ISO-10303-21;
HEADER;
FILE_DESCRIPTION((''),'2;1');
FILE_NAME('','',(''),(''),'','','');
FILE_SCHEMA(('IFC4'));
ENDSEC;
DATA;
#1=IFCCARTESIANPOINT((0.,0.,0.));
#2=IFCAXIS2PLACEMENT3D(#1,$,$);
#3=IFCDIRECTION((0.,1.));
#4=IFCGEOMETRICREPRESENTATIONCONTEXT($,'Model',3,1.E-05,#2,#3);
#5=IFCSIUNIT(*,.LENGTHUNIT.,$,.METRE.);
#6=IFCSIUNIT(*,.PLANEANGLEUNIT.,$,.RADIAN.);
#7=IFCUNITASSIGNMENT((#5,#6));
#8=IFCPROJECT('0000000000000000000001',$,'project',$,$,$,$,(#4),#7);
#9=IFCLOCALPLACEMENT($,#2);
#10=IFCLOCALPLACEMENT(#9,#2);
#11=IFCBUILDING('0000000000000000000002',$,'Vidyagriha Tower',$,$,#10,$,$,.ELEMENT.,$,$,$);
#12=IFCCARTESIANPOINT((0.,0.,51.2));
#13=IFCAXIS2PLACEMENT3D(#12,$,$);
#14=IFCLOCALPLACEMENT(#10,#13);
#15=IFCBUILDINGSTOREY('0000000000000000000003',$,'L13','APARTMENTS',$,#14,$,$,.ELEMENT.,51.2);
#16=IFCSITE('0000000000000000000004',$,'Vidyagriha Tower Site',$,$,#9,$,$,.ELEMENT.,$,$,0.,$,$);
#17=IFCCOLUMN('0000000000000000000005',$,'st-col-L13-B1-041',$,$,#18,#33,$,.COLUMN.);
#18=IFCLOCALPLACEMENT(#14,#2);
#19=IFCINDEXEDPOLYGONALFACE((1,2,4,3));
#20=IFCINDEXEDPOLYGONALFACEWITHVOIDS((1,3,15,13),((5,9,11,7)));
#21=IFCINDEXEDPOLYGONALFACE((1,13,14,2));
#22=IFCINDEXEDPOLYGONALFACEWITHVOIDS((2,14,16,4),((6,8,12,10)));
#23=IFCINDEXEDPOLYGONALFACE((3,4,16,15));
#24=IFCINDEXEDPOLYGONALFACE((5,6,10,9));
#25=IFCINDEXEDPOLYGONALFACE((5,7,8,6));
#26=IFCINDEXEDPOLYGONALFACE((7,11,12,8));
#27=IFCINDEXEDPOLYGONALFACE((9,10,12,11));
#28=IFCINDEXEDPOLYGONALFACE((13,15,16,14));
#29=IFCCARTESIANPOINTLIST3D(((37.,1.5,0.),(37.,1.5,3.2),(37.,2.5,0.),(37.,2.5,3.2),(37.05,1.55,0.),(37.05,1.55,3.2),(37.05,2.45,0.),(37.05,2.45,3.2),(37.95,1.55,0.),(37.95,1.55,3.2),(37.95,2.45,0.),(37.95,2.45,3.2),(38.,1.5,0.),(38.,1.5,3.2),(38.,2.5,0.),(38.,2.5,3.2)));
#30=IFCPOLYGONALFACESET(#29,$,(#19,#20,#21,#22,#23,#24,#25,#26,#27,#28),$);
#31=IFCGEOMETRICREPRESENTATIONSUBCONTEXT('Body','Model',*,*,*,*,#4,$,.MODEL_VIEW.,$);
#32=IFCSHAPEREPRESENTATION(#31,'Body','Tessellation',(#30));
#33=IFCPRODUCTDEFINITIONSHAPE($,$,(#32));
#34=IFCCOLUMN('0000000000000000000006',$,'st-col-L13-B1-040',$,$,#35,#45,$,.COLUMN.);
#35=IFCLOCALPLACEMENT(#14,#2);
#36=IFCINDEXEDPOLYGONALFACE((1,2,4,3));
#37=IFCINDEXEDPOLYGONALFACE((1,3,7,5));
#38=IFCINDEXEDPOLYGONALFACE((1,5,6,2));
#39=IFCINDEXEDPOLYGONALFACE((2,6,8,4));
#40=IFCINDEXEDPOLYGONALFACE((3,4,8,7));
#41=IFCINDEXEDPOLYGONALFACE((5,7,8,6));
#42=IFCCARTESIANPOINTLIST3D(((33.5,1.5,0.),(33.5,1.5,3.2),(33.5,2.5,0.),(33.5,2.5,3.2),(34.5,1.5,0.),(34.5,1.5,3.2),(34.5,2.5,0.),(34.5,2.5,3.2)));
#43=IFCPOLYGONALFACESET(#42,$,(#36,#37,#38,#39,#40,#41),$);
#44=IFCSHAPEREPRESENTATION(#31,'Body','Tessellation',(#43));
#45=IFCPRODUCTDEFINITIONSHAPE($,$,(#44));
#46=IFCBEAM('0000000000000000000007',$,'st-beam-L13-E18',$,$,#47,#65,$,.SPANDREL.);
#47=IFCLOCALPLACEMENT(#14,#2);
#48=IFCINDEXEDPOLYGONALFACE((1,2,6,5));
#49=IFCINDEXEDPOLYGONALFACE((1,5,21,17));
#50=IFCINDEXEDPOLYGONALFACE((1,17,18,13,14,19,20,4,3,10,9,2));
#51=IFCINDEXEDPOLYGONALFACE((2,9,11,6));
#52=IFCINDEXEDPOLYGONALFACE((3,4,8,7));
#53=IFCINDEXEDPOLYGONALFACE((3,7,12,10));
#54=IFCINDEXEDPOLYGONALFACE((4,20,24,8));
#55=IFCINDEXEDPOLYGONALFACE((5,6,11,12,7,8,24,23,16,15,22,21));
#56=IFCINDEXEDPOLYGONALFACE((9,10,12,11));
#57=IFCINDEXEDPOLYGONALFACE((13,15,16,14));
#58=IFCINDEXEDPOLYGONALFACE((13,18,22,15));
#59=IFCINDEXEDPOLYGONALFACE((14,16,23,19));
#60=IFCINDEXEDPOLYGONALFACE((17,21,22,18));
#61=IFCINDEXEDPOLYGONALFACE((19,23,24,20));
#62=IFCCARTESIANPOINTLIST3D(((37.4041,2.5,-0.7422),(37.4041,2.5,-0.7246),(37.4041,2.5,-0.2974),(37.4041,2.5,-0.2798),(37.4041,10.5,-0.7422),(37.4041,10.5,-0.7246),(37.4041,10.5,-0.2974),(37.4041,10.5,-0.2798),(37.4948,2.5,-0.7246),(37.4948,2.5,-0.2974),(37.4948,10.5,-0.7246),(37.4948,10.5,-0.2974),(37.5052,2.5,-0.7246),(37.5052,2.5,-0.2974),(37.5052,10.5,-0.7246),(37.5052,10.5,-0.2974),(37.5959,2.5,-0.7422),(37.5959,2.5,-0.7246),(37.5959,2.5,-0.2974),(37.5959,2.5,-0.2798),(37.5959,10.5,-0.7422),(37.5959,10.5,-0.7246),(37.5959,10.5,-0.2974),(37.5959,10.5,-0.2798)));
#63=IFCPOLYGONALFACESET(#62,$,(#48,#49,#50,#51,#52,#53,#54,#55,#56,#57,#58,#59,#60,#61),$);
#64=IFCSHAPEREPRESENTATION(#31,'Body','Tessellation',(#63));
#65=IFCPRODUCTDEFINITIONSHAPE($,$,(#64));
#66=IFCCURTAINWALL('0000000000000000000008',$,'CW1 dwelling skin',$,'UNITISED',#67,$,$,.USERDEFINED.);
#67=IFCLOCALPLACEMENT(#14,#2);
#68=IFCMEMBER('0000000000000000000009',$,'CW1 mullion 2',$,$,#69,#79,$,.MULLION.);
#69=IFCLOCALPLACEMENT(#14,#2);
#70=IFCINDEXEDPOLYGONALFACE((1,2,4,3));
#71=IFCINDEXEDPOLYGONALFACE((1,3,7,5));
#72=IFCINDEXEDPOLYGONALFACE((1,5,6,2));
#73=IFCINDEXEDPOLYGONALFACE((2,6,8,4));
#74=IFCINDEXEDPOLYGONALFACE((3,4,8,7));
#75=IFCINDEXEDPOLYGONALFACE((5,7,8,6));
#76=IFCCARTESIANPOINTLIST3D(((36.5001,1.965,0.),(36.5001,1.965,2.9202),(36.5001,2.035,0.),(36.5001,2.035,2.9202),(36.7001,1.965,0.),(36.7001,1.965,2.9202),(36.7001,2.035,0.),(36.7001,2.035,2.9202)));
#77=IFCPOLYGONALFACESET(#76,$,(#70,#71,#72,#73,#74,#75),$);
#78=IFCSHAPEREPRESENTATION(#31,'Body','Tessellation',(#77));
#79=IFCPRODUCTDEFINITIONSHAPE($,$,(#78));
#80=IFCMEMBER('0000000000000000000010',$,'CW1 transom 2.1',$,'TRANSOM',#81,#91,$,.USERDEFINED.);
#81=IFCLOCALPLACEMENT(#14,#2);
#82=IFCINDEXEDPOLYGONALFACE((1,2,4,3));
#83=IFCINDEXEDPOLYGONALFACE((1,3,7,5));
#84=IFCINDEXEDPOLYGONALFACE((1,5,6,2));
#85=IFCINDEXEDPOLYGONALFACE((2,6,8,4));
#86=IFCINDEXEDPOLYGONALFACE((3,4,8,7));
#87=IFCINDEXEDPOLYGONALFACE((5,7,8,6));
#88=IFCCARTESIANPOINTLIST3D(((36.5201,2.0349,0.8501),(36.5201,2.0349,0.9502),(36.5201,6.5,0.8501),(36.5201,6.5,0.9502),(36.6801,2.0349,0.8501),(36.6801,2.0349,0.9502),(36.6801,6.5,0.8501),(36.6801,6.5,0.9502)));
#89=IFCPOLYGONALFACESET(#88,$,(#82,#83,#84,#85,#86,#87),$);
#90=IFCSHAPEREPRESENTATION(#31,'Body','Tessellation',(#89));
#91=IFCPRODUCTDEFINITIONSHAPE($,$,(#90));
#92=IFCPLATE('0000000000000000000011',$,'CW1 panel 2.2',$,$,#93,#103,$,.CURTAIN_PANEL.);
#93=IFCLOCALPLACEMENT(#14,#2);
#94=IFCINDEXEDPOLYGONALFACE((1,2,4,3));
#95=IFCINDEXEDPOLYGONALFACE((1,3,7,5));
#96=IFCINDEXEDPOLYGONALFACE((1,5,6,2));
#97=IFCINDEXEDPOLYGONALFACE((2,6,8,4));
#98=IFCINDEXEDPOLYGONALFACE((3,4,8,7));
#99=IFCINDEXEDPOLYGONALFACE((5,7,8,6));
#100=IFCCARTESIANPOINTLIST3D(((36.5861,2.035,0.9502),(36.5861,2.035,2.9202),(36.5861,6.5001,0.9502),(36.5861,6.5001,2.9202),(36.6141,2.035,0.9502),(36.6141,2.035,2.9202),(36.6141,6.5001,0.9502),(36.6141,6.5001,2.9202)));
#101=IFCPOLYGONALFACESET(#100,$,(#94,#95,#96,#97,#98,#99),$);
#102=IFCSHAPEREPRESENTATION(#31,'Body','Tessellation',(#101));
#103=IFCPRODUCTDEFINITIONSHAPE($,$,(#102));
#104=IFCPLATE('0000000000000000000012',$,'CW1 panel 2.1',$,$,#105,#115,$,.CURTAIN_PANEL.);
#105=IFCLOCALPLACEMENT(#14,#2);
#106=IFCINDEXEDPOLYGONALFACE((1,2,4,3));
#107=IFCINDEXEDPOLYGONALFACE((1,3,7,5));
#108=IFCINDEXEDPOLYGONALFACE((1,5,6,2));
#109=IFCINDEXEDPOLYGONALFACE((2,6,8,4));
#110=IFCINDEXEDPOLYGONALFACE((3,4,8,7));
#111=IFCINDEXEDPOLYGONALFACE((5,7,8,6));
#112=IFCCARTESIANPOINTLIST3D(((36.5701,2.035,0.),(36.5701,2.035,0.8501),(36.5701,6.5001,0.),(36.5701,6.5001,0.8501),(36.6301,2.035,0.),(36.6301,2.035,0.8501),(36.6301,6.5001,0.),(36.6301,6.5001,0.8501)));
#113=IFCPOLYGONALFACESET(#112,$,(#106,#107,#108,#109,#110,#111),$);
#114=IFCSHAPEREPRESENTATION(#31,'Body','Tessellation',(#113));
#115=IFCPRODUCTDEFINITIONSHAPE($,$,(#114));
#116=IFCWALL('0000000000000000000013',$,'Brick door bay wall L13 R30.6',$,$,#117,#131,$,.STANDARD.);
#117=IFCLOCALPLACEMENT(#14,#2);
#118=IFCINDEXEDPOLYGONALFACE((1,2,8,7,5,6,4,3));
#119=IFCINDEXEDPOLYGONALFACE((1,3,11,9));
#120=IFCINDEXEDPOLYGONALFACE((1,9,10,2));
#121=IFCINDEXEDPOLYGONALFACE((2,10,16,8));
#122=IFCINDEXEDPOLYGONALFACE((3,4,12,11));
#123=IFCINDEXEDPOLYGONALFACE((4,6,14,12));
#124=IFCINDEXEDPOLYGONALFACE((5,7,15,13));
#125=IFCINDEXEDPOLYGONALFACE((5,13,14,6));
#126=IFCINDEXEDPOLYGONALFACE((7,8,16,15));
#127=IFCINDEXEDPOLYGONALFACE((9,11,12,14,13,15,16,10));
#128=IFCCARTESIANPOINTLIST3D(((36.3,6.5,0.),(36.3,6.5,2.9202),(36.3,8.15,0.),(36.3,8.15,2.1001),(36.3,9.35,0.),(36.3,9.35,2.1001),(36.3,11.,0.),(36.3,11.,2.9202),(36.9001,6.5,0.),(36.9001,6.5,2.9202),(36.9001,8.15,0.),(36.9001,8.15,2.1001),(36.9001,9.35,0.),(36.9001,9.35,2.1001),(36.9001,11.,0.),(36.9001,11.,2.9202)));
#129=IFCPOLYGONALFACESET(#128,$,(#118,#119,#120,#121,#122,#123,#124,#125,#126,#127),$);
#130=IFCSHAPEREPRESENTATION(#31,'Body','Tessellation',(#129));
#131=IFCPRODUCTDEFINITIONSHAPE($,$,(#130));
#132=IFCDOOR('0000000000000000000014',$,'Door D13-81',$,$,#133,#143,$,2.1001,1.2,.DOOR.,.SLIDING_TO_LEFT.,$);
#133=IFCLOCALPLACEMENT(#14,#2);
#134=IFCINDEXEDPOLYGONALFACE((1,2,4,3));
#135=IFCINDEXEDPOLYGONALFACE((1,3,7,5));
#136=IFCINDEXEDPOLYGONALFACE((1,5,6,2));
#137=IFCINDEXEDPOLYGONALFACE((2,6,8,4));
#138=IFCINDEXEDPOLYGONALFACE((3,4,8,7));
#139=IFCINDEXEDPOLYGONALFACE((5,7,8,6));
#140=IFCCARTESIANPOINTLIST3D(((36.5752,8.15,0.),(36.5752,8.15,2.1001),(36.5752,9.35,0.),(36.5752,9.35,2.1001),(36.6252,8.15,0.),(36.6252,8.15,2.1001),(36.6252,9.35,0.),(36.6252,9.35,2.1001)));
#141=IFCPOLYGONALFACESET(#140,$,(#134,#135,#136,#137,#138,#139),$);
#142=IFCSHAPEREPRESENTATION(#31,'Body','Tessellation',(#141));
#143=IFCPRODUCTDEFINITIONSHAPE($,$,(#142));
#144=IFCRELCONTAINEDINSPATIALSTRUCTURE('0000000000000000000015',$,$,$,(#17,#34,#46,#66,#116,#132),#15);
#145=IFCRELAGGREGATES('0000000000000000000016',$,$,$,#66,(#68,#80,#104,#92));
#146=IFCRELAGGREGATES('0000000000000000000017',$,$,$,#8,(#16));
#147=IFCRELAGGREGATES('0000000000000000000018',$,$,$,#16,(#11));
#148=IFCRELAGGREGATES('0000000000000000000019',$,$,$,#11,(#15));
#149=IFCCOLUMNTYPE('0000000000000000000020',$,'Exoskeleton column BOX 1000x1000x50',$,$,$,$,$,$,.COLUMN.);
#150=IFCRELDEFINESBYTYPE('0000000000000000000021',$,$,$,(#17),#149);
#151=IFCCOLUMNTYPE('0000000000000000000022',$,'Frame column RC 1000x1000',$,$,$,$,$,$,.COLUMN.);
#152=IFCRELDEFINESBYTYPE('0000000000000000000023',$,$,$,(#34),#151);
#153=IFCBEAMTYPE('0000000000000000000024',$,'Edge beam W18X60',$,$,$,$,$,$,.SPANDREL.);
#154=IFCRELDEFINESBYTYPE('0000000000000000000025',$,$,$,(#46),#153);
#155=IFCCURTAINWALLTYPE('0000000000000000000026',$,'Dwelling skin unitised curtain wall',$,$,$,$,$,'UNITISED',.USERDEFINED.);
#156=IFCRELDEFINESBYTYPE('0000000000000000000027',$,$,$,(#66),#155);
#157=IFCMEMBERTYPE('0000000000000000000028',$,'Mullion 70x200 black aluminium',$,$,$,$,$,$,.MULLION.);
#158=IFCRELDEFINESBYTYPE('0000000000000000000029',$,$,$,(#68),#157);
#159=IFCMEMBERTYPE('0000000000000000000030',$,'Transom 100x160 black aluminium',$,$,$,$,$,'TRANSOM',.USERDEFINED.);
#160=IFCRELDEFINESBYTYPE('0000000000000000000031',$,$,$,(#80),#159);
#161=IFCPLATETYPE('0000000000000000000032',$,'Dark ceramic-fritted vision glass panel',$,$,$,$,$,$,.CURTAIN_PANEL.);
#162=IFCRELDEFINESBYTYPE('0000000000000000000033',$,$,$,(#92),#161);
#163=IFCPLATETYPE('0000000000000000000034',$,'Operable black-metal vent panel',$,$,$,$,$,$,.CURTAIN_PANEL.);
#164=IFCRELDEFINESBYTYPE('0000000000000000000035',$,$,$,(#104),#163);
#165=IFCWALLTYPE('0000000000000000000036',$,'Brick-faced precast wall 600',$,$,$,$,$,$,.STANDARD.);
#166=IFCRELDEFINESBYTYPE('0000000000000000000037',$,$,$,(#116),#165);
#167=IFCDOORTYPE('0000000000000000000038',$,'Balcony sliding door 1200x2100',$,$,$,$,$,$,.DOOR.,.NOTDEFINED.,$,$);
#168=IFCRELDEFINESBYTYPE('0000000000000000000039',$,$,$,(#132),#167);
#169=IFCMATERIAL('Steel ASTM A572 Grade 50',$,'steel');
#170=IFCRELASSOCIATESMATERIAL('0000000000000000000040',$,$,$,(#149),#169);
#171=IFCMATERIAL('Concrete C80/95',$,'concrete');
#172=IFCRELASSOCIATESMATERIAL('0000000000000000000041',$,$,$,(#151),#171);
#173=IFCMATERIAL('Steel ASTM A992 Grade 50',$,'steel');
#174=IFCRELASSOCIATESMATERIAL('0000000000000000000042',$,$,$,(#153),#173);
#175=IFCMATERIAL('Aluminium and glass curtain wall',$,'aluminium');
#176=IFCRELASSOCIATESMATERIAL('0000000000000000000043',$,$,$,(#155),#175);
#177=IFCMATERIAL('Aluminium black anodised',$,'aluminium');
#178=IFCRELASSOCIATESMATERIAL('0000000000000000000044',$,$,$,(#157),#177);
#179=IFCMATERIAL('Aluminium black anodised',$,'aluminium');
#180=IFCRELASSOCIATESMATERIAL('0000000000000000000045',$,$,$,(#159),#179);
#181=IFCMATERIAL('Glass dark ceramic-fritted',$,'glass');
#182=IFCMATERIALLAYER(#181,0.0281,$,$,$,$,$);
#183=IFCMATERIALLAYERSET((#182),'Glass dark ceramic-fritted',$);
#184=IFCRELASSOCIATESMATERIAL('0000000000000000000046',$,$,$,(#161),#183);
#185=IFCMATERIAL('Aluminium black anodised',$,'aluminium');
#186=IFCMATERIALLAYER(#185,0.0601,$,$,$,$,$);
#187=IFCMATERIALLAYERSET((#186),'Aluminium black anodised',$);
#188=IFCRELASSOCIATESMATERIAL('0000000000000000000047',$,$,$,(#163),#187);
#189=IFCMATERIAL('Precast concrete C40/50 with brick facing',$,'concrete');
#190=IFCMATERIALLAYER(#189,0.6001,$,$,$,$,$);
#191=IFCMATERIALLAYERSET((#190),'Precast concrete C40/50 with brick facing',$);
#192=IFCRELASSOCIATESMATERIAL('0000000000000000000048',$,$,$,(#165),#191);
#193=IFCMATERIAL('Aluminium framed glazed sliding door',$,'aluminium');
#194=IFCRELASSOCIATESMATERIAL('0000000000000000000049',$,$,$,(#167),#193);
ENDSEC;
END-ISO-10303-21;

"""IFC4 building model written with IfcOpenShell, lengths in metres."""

from ifc_helpers import new_model, si_unit, direction, frame, frame_2d, origin, origin_2d, place, context, subcontext, project, spatial, rectangle, hollow_rectangle, i_section, extrude, material, layer, layer_set, material_profile, profile_set, type_object, element, fill, aggregate, save


model = new_model("IFC4")

# Units and contexts
model_context = context("Model", 3, precision=1e-05, world=origin(), true_north=direction((0.0, 1.0)))
body_context = subcontext(model_context, "Body", "Model", "MODEL_VIEW")
ifc_project = project(units=[si_unit("LENGTHUNIT", "METRE"), si_unit("PLANEANGLEUNIT", "RADIAN")], contexts=[model_context])

# Site, building, storey
site_placement = place(None, origin())
site = spatial("IfcSite", under=ifc_project, at=site_placement, Name="Vidyagriha Tower Site", CompositionType="ELEMENT", RefElevation=0.0)
building_placement = place(site_placement, origin())
building = spatial("IfcBuilding", under=site, at=building_placement, Name="Vidyagriha Tower", CompositionType="ELEMENT")
storey_placement = place(building_placement, frame((0.0, 0.0, 51.2)))
storey = spatial("IfcBuildingStorey", under=building, at=storey_placement, Name="L13", Description="APARTMENTS", CompositionType="ELEMENT", Elevation=51.2)

# Columns
ifc_material_1 = material(Name="Steel ASTM A572 Grade 50", Category="steel")
ifc_material_profile_1 = material_profile(ifc_material_1, hollow_rectangle(XDim=1.0, YDim=1.0, WallThickness=0.05, at=origin_2d()), Name="BOX 1000x1000x50")
ifc_profile_set_1 = profile_set([ifc_material_profile_1], Name="Steel ASTM A572 Grade 50")
column_type_1 = type_object("IfcColumnType", Name="Exoskeleton column BOX 1000x1000x50", PredefinedType="COLUMN", material=ifc_profile_set_1)
column_1_placement = place(storey_placement, frame((37.5, 2.0, 0.0)))
element("IfcColumn", 1, at=column_1_placement, inside=storey, type_object=column_type_1, Name="st-col-L13-B1-041", PredefinedType="COLUMN", context=body_context, shape_type="SweptSolid", body=[
    extrude(hollow_rectangle(XDim=1.0, YDim=1.0, WallThickness=0.05, at=origin_2d()), origin(), (0.0, 0.0, 1.0), 3.2),
])
ifc_material_2 = material(Name="Concrete C80/95", Category="concrete")
ifc_material_profile_2 = material_profile(ifc_material_2, rectangle(XDim=1.0, YDim=1.0, at=origin_2d()), Name="RC 1000x1000")
ifc_profile_set_2 = profile_set([ifc_material_profile_2], Name="Concrete C80/95")
column_type_2 = type_object("IfcColumnType", Name="Frame column RC 1000x1000", PredefinedType="COLUMN", material=ifc_profile_set_2)
column_2_placement = place(storey_placement, frame((34.0, 2.0, 0.0)))
element("IfcColumn", 2, at=column_2_placement, inside=storey, type_object=column_type_2, Name="st-col-L13-B1-040", PredefinedType="COLUMN", context=body_context, shape_type="SweptSolid", body=[
    extrude(rectangle(XDim=1.0, YDim=1.0, at=origin_2d()), origin(), (0.0, 0.0, 1.0), 3.2),
])

# Beam
ifc_material_3 = material(Name="Steel ASTM A992 Grade 50", Category="steel")
ifc_material_profile_3 = material_profile(ifc_material_3, i_section(OverallWidth=0.1919, OverallDepth=0.4624, WebThickness=0.0105, FlangeThickness=0.0176, at=origin_2d()), Name="W18X60")
ifc_profile_set_3 = profile_set([ifc_material_profile_3], Name="Steel ASTM A992 Grade 50")
beam_type = type_object("IfcBeamType", Name="Edge beam W18X60", PredefinedType="SPANDREL", material=ifc_profile_set_3)
beam_placement = place(storey_placement, frame((37.5, 2.5, -0.511), z_axis=(0.0, 1.0, 0.0), x_axis=(-1.0, 0.0, 0.0)))
element("IfcBeam", 3, at=beam_placement, inside=storey, type_object=beam_type, Name="st-beam-L13-E18", PredefinedType="SPANDREL", context=body_context, shape_type="SweptSolid", body=[
    extrude(i_section(OverallWidth=0.1919, OverallDepth=0.4624, WebThickness=0.0105, FlangeThickness=0.0176, at=origin_2d()), origin(), (0.0, 0.0, 1.0), 8.0),
])

# Curtain wall, members, plates
ifc_material_4 = material(Name="Aluminium and glass curtain wall", Category="aluminium")
curtain_wall_type = type_object("IfcCurtainWallType", Name="Dwelling skin unitised curtain wall", ElementType="UNITISED", PredefinedType="USERDEFINED", material=ifc_material_4)
curtain_wall_placement = place(storey_placement, origin())
curtain_wall = element("IfcCurtainWall", 4, at=curtain_wall_placement, inside=storey, type_object=curtain_wall_type, Name="CW1 dwelling skin", ObjectType="UNITISED", PredefinedType="USERDEFINED")
ifc_material_5 = material(Name="Aluminium black anodised", Category="aluminium")
ifc_material_profile_4 = material_profile(ifc_material_5, rectangle(XDim=0.2, YDim=0.0701, at=origin_2d()), Name="Mullion 70x200 black aluminium")
ifc_profile_set_4 = profile_set([ifc_material_profile_4], Name="Aluminium black anodised")
member_type_1 = type_object("IfcMemberType", Name="Mullion 70x200 black aluminium", PredefinedType="MULLION", material=ifc_profile_set_4)
member_1_placement = place(storey_placement, frame((36.6001, 2.0, 0.0), z_axis=(0.0, 0.0, 1.0), x_axis=(-1.0, 0.0, 0.0)))
member_1 = element("IfcMember", 5, at=member_1_placement, type_object=member_type_1, Name="CW1 mullion 2", PredefinedType="MULLION", context=body_context, shape_type="SweptSolid", body=[
    extrude(rectangle(XDim=0.2, YDim=0.0701, at=origin_2d()), origin(), (0.0, 0.0, 1.0), 2.9202),
])
ifc_material_6 = material(Name="Aluminium black anodised", Category="aluminium")
ifc_material_profile_5 = material_profile(ifc_material_6, rectangle(XDim=0.1599, YDim=0.1001, at=origin_2d()), Name="Transom 100x160 black aluminium")
ifc_profile_set_5 = profile_set([ifc_material_profile_5], Name="Aluminium black anodised")
member_type_2 = type_object("IfcMemberType", Name="Transom 100x160 black aluminium", ElementType="TRANSOM", PredefinedType="USERDEFINED", material=ifc_profile_set_5)
member_2_placement = place(storey_placement, frame((36.6001, 2.0349, 0.9001), z_axis=(0.0, 1.0, 0.0), x_axis=(-1.0, 0.0, 0.0)))
member_2 = element("IfcMember", 6, at=member_2_placement, type_object=member_type_2, Name="CW1 transom 2.1", ObjectType="TRANSOM", PredefinedType="USERDEFINED", context=body_context, shape_type="SweptSolid", body=[
    extrude(rectangle(XDim=0.1599, YDim=0.1001, at=origin_2d()), origin(), (0.0, 0.0, 1.0), 4.4651),
])
ifc_material_7 = material(Name="Glass dark ceramic-fritted", Category="glass")
ifc_layer_1 = layer(ifc_material_7, 0.0281)
ifc_layer_set_1 = layer_set([ifc_layer_1], Name="Glass dark ceramic-fritted")
plate_type_1 = type_object("IfcPlateType", Name="Dark ceramic-fritted vision glass panel", PredefinedType="CURTAIN_PANEL", material=ifc_layer_set_1)
plate_1_placement = place(storey_placement, frame((36.6001, 4.2676, 0.9502), z_axis=(0.0, 0.0, 1.0), x_axis=(0.0, 1.0, 0.0)))
plate_1 = element("IfcPlate", 7, at=plate_1_placement, type_object=plate_type_1, Name="CW1 panel 2.2", PredefinedType="CURTAIN_PANEL", context=body_context, shape_type="SweptSolid", body=[
    extrude(rectangle(XDim=4.4651, YDim=0.0281, at=origin_2d()), origin(), (0.0, 0.0, 1.0), 1.97),
])
ifc_material_8 = material(Name="Aluminium black anodised", Category="aluminium")
ifc_layer_2 = layer(ifc_material_8, 0.0601)
ifc_layer_set_2 = layer_set([ifc_layer_2], Name="Aluminium black anodised")
plate_type_2 = type_object("IfcPlateType", Name="Operable black-metal vent panel", PredefinedType="CURTAIN_PANEL", material=ifc_layer_set_2)
plate_2_placement = place(storey_placement, frame((36.6001, 4.2676, 0.0), z_axis=(0.0, 0.0, 1.0), x_axis=(0.0, 1.0, 0.0)))
plate_2 = element("IfcPlate", 8, at=plate_2_placement, type_object=plate_type_2, Name="CW1 panel 2.1", PredefinedType="CURTAIN_PANEL", context=body_context, shape_type="SweptSolid", body=[
    extrude(rectangle(XDim=4.4651, YDim=0.0601, at=origin_2d()), origin(), (0.0, 0.0, 1.0), 0.8501),
])
aggregate(curtain_wall, [member_1, member_2, plate_2, plate_1])

# Wall, opening, door
ifc_material_9 = material(Name="Precast concrete C40/50 with brick facing", Category="concrete")
ifc_layer_3 = layer(ifc_material_9, 0.6001)
ifc_layer_set_3 = layer_set([ifc_layer_3], Name="Precast concrete C40/50 with brick facing")
wall_type = type_object("IfcWallType", Name="Brick-faced precast wall 600", PredefinedType="STANDARD", material=ifc_layer_set_3)
wall_placement = place(storey_placement, frame((36.6001, 6.5, 0.0), z_axis=(0.0, 0.0, 1.0), x_axis=(0.0, 1.0, 0.0)))
wall = element("IfcWall", 9, at=wall_placement, inside=storey, type_object=wall_type, Name="Brick door bay wall L13 R30.6", PredefinedType="STANDARD", context=body_context, shape_type="SweptSolid", body=[
    extrude(rectangle(XDim=4.5, YDim=0.6001, at=frame_2d((2.25, 0.0))), origin(), (0.0, 0.0, 1.0), 2.9202),
])
opening_placement = place(wall_placement, frame((1.6499, 0.0, 0.0)))
opening = element("IfcOpeningElement", 10, at=opening_placement, cuts=wall, PredefinedType="OPENING", context=body_context, shape_type="SweptSolid", body=[
    extrude(rectangle(XDim=1.2, YDim=2.1001, at=frame_2d((0.6001, 1.05))), frame((0.0, 0.3101, 0.0), z_axis=(0.0, -1.0, 0.0), x_axis=(1.0, 0.0, 0.0)), (0.0, 0.0, 1.0), 0.6201),
])
ifc_material_10 = material(Name="Aluminium framed glazed sliding door", Category="aluminium")
door_type = type_object("IfcDoorType", Name="Balcony sliding door 1200x2100", OperationType="NOTDEFINED", PredefinedType="DOOR", material=ifc_material_10)
door_placement = place(opening_placement, origin())
door = element("IfcDoor", 11, at=door_placement, inside=storey, type_object=door_type, Name="Door D13-81", OperationType="SLIDING_TO_LEFT", OverallHeight=2.1001, OverallWidth=1.2, PredefinedType="DOOR", context=body_context, shape_type="SweptSolid", body=[
    extrude(rectangle(XDim=1.2, YDim=2.1001, at=frame_2d((0.6001, 1.05))), frame((0.0, 0.0249, 0.0), z_axis=(0.0, -1.0, 0.0), x_axis=(1.0, 0.0, 0.0)), (0.0, 0.0, 1.0), 0.05),
])
fill(opening, door)

save(model, "model.ifc")
